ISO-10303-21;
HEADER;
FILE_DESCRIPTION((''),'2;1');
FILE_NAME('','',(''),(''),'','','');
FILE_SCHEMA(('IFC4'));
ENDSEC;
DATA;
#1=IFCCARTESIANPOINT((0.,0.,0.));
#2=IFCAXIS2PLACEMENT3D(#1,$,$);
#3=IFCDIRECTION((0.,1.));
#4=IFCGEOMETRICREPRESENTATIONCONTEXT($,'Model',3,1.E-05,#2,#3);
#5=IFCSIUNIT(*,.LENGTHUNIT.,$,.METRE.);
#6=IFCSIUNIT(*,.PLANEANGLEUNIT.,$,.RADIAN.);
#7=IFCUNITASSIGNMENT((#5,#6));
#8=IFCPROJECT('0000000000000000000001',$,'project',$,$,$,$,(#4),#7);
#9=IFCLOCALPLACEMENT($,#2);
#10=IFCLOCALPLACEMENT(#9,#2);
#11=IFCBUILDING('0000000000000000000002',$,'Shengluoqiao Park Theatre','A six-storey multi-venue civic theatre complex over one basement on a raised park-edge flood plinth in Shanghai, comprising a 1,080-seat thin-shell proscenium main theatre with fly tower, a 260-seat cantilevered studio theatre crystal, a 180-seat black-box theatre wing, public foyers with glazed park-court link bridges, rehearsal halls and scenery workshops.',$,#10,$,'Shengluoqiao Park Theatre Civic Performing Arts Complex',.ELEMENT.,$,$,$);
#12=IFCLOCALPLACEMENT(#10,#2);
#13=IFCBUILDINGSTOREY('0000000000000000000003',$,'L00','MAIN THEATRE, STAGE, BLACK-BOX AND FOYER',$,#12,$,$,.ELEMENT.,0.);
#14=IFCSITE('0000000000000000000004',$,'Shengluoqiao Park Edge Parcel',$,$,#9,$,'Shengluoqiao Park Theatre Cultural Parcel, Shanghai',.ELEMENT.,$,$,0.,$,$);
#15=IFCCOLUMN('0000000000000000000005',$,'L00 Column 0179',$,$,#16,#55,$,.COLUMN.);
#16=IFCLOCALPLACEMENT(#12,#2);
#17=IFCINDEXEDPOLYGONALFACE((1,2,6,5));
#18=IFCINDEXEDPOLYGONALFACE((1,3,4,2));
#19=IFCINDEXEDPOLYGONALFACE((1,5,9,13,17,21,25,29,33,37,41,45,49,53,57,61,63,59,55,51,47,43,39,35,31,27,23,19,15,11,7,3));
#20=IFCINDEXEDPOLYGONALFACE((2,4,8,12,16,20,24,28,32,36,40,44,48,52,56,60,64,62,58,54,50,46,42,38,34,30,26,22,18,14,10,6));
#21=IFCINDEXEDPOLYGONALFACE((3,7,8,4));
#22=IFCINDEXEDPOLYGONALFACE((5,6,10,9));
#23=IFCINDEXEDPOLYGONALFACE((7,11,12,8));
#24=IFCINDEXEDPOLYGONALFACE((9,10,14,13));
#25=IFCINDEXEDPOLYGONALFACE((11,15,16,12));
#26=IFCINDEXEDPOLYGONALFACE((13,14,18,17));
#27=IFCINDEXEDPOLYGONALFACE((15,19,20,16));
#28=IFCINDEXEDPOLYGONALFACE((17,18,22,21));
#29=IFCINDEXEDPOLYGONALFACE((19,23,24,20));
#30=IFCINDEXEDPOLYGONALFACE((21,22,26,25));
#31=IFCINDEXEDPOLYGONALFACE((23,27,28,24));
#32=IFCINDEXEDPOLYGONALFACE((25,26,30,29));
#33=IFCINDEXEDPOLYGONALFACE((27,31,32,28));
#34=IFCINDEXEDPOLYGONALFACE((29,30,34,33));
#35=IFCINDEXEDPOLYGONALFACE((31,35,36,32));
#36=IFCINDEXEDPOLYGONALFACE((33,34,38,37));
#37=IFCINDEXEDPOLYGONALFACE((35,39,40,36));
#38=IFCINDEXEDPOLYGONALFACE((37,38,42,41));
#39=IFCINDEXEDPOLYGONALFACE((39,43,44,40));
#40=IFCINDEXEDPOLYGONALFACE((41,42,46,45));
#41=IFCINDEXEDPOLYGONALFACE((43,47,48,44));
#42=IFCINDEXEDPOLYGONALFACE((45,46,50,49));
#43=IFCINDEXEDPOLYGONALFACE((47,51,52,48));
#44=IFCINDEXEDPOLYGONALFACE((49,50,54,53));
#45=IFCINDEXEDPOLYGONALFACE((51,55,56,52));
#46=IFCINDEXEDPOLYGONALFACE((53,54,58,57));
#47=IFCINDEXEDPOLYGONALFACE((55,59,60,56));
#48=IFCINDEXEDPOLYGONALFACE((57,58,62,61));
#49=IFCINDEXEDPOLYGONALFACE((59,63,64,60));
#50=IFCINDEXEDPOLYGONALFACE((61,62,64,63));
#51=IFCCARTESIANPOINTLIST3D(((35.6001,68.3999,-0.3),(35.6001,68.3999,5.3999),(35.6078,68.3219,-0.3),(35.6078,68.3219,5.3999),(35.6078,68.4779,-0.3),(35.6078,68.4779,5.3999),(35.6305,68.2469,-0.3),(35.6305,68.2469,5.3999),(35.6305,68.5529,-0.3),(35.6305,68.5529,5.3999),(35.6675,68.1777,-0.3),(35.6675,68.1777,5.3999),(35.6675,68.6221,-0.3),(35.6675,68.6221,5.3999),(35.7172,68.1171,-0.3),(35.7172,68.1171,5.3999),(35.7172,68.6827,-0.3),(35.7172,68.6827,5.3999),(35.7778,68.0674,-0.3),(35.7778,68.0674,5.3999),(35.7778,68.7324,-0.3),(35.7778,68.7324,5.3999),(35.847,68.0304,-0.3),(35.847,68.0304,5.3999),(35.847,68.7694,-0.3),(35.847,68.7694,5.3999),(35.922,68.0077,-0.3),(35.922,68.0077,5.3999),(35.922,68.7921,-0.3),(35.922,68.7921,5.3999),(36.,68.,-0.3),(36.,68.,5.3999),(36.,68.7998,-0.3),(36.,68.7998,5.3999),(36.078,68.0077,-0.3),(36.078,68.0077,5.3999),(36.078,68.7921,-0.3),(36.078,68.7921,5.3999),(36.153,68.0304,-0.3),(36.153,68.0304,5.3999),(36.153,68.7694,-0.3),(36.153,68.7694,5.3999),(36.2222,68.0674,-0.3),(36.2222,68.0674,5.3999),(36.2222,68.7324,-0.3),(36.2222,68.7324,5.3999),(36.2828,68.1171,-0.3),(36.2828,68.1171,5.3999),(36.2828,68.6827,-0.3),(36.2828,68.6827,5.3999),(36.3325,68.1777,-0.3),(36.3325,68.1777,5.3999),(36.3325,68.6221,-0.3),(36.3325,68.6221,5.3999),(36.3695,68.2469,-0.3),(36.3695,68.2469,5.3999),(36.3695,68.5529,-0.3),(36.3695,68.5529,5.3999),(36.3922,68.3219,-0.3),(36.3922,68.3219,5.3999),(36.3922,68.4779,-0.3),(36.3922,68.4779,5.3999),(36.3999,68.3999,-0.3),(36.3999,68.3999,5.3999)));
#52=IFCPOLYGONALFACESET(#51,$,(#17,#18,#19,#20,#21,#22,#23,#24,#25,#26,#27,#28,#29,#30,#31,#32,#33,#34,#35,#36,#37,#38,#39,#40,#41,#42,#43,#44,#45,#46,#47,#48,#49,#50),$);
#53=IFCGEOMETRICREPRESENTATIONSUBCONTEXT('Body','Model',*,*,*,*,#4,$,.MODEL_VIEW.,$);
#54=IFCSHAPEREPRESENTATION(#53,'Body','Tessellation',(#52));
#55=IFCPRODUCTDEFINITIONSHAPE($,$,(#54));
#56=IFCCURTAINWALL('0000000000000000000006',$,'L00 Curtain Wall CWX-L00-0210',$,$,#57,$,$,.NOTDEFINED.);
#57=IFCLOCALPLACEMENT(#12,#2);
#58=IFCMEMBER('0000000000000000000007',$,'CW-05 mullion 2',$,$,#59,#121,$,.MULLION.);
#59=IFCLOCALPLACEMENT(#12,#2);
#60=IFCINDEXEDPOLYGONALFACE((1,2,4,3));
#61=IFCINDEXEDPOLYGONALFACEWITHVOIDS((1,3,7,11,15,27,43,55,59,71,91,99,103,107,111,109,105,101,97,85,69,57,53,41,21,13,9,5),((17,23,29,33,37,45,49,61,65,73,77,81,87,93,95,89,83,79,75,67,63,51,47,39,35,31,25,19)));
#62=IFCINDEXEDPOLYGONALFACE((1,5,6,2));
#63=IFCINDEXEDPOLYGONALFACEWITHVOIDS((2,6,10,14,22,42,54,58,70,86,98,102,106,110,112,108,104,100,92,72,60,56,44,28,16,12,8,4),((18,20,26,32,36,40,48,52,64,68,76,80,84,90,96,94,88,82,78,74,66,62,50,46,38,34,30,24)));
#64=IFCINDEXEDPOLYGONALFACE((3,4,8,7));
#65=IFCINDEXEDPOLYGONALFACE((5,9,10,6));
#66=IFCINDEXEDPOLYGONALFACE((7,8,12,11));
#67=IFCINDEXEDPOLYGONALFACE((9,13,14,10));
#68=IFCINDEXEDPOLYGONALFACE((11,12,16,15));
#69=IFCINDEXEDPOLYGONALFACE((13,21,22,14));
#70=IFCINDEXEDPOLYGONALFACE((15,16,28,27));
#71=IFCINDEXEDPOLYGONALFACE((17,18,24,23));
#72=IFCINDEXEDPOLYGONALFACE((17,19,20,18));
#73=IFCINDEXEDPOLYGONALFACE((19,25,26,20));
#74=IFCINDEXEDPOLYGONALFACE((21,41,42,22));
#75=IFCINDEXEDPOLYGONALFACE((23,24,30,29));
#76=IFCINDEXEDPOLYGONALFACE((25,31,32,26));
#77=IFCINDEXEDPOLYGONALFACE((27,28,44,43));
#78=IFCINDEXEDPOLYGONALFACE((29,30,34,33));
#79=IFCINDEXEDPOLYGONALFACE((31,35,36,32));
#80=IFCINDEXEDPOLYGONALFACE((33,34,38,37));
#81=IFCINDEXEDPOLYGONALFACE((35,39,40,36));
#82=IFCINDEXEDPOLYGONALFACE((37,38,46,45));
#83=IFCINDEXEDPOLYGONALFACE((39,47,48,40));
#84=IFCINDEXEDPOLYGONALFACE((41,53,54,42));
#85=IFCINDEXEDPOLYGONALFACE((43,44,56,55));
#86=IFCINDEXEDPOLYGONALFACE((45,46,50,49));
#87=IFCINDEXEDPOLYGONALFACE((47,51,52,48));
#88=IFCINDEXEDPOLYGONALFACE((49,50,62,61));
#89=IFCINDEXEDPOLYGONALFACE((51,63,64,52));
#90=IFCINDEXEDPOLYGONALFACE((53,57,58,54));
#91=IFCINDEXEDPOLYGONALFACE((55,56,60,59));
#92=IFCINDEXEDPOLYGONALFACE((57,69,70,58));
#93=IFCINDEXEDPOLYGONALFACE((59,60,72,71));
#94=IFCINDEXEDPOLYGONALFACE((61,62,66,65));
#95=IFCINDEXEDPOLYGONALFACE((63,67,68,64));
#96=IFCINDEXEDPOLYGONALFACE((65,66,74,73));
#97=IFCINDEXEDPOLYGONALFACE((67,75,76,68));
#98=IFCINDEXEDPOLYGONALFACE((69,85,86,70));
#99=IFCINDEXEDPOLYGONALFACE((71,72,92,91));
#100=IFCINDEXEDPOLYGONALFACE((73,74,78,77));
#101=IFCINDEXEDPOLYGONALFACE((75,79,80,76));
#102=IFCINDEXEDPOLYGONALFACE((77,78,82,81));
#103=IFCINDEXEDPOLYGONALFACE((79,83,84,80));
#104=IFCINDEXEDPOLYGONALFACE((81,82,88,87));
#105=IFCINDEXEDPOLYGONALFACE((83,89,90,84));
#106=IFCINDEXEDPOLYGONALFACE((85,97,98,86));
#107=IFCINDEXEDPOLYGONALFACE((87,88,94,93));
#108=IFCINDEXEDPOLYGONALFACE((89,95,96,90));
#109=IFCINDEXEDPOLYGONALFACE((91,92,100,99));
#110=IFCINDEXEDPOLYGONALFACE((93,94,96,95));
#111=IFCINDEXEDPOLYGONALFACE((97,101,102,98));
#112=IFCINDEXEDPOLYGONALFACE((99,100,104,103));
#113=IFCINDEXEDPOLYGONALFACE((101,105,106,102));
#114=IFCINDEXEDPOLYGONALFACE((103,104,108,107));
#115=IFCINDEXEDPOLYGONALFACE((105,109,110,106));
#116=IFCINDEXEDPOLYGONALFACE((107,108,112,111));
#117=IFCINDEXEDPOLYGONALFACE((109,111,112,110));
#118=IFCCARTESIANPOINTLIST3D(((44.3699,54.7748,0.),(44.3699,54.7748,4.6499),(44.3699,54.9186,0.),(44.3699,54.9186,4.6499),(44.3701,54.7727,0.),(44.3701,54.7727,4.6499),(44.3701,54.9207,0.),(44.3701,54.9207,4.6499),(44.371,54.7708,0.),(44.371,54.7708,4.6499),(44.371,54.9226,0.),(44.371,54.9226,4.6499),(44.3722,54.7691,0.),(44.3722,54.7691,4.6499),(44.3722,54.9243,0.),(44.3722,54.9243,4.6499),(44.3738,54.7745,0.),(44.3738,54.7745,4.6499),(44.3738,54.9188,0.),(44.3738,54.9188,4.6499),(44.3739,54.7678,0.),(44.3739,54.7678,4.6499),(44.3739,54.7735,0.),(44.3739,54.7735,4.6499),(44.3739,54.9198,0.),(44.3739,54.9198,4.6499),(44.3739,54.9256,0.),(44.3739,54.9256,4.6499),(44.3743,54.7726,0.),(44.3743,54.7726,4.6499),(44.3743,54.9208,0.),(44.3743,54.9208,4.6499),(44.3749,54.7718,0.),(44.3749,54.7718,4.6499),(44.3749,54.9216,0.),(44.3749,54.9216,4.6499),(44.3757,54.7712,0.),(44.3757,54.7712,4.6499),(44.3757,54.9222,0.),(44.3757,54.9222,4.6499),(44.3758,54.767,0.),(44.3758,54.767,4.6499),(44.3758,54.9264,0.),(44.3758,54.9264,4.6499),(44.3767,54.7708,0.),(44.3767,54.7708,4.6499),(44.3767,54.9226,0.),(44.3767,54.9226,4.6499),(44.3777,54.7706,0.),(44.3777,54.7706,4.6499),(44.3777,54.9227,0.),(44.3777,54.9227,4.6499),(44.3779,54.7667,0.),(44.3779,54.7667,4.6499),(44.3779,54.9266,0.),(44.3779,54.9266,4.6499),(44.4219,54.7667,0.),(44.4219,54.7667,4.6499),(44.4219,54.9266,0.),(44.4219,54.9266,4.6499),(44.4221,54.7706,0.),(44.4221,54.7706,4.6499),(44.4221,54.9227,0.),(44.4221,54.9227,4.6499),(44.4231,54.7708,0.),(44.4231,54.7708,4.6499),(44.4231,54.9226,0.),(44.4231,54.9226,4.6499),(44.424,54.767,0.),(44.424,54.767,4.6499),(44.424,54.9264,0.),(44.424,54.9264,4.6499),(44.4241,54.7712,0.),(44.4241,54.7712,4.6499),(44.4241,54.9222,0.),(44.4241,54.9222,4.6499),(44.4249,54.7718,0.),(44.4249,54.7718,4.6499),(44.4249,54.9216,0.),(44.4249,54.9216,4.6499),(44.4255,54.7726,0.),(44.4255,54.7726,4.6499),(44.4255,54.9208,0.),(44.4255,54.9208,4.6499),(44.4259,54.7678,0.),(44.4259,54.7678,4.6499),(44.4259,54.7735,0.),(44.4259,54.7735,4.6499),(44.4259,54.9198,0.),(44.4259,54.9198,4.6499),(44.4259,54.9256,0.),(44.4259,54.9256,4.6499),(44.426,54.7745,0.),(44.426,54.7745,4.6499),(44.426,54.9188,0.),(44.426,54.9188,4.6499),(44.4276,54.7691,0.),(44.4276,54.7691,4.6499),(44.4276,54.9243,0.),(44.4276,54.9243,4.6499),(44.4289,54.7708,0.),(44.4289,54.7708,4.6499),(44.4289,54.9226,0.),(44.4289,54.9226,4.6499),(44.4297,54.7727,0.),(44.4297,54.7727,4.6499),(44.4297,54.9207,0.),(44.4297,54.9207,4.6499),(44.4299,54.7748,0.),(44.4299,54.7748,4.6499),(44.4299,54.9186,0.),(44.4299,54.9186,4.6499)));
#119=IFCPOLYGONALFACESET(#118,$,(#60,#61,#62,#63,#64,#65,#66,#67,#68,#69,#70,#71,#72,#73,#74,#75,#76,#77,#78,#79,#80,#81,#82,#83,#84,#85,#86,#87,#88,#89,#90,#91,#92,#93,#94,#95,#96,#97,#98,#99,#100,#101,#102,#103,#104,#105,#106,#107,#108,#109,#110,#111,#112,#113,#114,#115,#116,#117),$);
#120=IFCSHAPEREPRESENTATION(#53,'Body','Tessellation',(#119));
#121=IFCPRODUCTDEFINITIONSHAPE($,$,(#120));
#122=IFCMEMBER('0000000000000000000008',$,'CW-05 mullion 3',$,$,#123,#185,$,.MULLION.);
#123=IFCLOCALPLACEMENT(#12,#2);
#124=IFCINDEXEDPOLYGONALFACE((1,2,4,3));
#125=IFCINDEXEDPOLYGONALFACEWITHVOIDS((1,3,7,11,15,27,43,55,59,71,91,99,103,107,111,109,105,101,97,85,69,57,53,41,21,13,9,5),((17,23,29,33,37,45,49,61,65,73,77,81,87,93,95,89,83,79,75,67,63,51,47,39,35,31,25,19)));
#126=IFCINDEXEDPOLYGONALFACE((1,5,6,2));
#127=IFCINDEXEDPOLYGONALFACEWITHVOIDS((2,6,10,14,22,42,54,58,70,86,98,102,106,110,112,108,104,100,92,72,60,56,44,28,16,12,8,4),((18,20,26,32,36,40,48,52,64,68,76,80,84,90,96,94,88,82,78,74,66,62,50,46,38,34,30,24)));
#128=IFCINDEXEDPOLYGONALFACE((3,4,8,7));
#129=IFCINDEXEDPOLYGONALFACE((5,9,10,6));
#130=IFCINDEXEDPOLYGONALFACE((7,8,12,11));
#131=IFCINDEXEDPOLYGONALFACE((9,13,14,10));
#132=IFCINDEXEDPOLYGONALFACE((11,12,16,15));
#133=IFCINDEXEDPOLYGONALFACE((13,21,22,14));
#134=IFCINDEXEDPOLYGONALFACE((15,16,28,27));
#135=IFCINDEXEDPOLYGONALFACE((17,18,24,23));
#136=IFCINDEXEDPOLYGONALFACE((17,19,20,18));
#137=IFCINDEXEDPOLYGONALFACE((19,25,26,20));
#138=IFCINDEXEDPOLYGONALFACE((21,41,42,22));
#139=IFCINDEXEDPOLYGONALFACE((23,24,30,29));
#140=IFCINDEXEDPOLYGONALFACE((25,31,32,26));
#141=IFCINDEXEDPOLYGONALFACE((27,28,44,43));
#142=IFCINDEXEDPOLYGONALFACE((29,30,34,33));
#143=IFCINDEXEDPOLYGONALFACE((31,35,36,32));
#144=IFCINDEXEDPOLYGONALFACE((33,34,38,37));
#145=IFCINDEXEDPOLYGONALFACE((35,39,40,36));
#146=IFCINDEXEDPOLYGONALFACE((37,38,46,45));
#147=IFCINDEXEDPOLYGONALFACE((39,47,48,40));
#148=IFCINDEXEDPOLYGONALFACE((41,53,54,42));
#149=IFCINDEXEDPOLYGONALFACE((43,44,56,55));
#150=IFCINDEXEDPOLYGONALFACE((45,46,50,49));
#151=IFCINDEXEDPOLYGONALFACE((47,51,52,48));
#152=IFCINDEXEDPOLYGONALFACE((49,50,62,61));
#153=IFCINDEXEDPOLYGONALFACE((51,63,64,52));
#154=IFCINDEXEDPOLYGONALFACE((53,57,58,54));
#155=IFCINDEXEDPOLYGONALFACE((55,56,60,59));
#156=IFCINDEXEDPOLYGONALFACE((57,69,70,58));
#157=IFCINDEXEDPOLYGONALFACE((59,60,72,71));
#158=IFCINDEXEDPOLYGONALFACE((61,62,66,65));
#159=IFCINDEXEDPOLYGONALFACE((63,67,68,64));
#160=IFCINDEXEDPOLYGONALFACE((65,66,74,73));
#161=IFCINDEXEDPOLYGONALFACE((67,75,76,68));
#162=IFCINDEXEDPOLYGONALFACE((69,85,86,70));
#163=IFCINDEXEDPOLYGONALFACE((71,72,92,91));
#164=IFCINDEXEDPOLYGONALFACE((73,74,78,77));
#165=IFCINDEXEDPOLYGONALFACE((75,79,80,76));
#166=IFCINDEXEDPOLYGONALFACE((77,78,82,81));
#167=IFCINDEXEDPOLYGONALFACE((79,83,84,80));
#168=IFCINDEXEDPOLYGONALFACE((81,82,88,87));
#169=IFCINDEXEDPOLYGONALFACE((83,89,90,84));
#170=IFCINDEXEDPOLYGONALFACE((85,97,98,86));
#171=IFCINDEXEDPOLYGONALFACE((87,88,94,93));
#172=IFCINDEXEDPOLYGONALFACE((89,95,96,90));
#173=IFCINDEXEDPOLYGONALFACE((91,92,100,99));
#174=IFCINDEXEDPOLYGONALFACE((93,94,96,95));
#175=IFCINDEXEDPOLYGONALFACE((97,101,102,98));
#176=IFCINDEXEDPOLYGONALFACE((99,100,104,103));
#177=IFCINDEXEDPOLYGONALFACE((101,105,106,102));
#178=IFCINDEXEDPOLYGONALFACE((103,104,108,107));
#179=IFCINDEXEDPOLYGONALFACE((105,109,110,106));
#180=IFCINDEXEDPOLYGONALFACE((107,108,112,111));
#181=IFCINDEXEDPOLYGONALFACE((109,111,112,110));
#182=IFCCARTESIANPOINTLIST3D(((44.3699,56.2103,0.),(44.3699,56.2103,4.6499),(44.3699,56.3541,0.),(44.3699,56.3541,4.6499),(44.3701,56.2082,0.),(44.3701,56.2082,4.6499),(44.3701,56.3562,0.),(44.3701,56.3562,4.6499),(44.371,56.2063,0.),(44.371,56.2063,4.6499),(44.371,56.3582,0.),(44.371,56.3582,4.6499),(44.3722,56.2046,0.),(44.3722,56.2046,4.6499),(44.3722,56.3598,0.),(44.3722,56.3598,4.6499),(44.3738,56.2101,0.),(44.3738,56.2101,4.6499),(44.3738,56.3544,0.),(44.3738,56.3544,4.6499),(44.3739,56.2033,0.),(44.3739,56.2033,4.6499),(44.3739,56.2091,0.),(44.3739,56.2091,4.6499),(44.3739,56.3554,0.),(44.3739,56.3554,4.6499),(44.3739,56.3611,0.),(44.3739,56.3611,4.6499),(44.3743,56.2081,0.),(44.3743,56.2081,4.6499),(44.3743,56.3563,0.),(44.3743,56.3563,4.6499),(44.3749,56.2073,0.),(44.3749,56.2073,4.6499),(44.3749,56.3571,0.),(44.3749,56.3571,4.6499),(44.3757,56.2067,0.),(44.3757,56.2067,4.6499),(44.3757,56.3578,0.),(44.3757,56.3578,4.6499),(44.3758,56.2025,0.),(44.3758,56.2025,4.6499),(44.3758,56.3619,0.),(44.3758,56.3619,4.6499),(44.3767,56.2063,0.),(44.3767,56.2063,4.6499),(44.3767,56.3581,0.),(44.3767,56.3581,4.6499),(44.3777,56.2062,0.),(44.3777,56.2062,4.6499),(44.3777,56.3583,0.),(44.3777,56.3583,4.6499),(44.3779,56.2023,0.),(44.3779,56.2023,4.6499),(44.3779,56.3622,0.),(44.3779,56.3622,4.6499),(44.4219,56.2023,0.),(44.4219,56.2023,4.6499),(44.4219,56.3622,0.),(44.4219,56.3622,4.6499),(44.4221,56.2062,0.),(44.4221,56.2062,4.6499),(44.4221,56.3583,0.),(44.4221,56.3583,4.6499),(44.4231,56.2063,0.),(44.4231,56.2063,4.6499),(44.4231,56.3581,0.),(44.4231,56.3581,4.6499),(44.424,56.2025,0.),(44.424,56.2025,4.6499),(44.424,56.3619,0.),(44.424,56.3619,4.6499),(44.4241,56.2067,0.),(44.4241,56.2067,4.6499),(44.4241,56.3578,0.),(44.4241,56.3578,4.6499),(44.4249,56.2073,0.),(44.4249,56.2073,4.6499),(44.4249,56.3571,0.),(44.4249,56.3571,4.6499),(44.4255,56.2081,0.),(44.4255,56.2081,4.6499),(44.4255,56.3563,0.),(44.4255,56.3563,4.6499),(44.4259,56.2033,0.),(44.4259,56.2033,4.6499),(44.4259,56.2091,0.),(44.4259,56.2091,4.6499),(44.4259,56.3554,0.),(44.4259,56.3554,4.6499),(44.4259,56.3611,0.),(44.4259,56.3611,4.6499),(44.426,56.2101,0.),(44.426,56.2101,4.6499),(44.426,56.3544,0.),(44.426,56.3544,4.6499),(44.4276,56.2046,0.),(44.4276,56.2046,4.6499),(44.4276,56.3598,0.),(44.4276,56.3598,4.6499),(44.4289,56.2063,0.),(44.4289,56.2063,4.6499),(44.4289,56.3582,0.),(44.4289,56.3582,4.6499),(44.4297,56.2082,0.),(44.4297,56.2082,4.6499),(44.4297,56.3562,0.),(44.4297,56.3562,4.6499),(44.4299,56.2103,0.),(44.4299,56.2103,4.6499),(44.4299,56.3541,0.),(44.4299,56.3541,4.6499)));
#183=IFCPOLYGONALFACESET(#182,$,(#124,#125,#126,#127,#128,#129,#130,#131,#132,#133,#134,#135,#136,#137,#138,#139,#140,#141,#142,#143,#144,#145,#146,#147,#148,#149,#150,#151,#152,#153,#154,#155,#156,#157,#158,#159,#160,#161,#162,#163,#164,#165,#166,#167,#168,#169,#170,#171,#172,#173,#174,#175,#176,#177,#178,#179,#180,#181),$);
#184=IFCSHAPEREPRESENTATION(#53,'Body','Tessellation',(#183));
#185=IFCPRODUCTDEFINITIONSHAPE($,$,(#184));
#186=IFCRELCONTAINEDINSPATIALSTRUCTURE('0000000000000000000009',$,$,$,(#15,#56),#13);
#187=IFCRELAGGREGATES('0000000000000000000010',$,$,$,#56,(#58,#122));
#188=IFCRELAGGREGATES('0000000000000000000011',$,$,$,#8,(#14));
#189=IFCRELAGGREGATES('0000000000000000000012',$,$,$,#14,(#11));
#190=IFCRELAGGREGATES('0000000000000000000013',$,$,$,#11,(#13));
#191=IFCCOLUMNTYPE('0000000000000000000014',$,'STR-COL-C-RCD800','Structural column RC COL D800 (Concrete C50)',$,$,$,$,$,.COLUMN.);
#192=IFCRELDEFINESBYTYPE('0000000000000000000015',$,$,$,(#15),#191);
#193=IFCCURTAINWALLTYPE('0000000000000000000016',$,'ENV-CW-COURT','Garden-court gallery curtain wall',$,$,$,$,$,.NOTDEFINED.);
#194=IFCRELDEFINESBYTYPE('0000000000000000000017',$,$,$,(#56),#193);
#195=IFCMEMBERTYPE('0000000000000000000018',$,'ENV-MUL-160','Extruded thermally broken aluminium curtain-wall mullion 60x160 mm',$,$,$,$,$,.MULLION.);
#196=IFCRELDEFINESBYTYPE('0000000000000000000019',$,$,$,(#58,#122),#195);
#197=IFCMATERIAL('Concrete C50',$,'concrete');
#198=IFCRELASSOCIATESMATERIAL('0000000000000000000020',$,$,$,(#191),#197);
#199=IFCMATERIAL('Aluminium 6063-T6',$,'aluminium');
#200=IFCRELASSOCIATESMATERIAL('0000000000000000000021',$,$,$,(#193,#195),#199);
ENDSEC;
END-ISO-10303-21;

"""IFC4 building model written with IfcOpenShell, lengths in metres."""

from ifc_helpers import new_model, si_unit, direction, frame, origin, origin_2d, place, context, subcontext, project, spatial, hollow_rectangle, circle, extrude, material, material_profile, profile_set, type_object, element, aggregate, save


model = new_model("IFC4")

# Units and contexts
model_context = context("Model", 3, precision=1e-05, world=origin(), true_north=direction((0.0, 1.0)))
body_context = subcontext(model_context, "Body", "Model", "MODEL_VIEW")
ifc_project = project(units=[si_unit("LENGTHUNIT", "METRE"), si_unit("PLANEANGLEUNIT", "RADIAN")], contexts=[model_context])

# Site, building, storey
site_placement = place(None, origin())
site = spatial("IfcSite", under=ifc_project, at=site_placement, Name="Shengluoqiao Park Edge Parcel", LongName="Shengluoqiao Park Theatre Cultural Parcel, Shanghai", CompositionType="ELEMENT", RefElevation=0.0)
building_placement = place(site_placement, origin())
building = spatial("IfcBuilding", under=site, at=building_placement, Name="Shengluoqiao Park Theatre", Description="A six-storey multi-venue civic theatre complex over one basement on a raised park-edge flood plinth in Shanghai, comprising a 1,080-seat thin-shell proscenium main theatre with fly tower, a 260-seat cantilevered studio theatre crystal, a 180-seat black-box theatre wing, public foyers with glazed park-court link bridges, rehearsal halls and scenery workshops.", LongName="Shengluoqiao Park Theatre Civic Performing Arts Complex", CompositionType="ELEMENT")
storey_placement = place(building_placement, origin())
storey = spatial("IfcBuildingStorey", under=building, at=storey_placement, Name="L00", Description="MAIN THEATRE, STAGE, BLACK-BOX AND FOYER", CompositionType="ELEMENT", Elevation=0.0)

# Column
ifc_material_1 = material(Name="Concrete C50", Category="concrete")
ifc_material_profile_1 = material_profile(ifc_material_1, circle(Radius=0.3999, at=origin_2d()), Name="RC COL D800")
ifc_profile_set_1 = profile_set([ifc_material_profile_1], Name="Concrete C50")
column_type_1 = type_object("IfcColumnType", Name="STR-COL-C-RCD800", Description="Structural column RC COL D800 (Concrete C50)", PredefinedType="COLUMN", material=ifc_profile_set_1)
for number, where, z_axis, x_axis, name in (
    (1, (36.0, 68.3999, -0.3), (0.0, 0.0, 1.0), (1.0, 0.0, 0.0), "L00 Column 0179"),
):
    element("IfcColumn", number, at=place(storey_placement, frame(where, z_axis=z_axis, x_axis=x_axis)), inside=storey, type_object=column_type_1, Name=name, PredefinedType="COLUMN", context=body_context, shape_type="SweptSolid", body=[
        extrude(circle(Radius=0.3999, at=origin_2d()), origin(), (0.0, 0.0, 1.0), 5.7),
    ])

# Curtain wall, members
ifc_material_2 = material(Name="Aluminium 6063-T6", Category="aluminium")
curtain_wall_type = type_object("IfcCurtainWallType", Name="ENV-CW-COURT", Description="Garden-court gallery curtain wall", PredefinedType="NOTDEFINED", material=ifc_material_2)
curtain_wall_placement = place(storey_placement, origin())
curtain_wall = element("IfcCurtainWall", 2, at=curtain_wall_placement, inside=storey, type_object=curtain_wall_type, Name="L00 Curtain Wall CWX-L00-0210", PredefinedType="NOTDEFINED")
ifc_material_profile_2 = material_profile(ifc_material_2, hollow_rectangle(XDim=0.0601, YDim=0.1599, WallThickness=0.0039, InnerFilletRadius=0.0039, OuterFilletRadius=0.0081, at=origin_2d()), Name="ALU MULLION 160x60x4")
ifc_profile_set_2 = profile_set([ifc_material_profile_2], Name="Aluminium 6063-T6")
member_type_1 = type_object("IfcMemberType", Name="ENV-MUL-160", Description="Extruded thermally broken aluminium curtain-wall mullion 60x160 mm", PredefinedType="MULLION", material=ifc_profile_set_2)
member_1_placement = place(storey_placement, frame((44.3999, 54.8467, 0.0), z_axis=(0.0, 0.0, 1.0), x_axis=(-1.0, 0.0, 0.0)))
member_1 = element("IfcMember", 3, at=member_1_placement, type_object=member_type_1, Name="CW-05 mullion 2", PredefinedType="MULLION", context=body_context, shape_type="SweptSolid", body=[
    extrude(hollow_rectangle(XDim=0.0601, YDim=0.1599, WallThickness=0.0039, InnerFilletRadius=0.0039, OuterFilletRadius=0.0081, at=origin_2d()), origin(), (0.0, 0.0, 1.0), 4.6499),
])
member_2_placement = place(storey_placement, frame((44.3999, 56.2822, 0.0), z_axis=(0.0, 0.0, 1.0), x_axis=(-1.0, 0.0, 0.0)))
member_2 = element("IfcMember", 4, at=member_2_placement, type_object=member_type_1, Name="CW-05 mullion 3", PredefinedType="MULLION", context=body_context, shape_type="SweptSolid", body=[
    extrude(hollow_rectangle(XDim=0.0601, YDim=0.1599, WallThickness=0.0039, InnerFilletRadius=0.0039, OuterFilletRadius=0.0081, at=origin_2d()), origin(), (0.0, 0.0, 1.0), 4.6499),
])
aggregate(curtain_wall, [member_1, member_2])

save(model, "model.ifc")
